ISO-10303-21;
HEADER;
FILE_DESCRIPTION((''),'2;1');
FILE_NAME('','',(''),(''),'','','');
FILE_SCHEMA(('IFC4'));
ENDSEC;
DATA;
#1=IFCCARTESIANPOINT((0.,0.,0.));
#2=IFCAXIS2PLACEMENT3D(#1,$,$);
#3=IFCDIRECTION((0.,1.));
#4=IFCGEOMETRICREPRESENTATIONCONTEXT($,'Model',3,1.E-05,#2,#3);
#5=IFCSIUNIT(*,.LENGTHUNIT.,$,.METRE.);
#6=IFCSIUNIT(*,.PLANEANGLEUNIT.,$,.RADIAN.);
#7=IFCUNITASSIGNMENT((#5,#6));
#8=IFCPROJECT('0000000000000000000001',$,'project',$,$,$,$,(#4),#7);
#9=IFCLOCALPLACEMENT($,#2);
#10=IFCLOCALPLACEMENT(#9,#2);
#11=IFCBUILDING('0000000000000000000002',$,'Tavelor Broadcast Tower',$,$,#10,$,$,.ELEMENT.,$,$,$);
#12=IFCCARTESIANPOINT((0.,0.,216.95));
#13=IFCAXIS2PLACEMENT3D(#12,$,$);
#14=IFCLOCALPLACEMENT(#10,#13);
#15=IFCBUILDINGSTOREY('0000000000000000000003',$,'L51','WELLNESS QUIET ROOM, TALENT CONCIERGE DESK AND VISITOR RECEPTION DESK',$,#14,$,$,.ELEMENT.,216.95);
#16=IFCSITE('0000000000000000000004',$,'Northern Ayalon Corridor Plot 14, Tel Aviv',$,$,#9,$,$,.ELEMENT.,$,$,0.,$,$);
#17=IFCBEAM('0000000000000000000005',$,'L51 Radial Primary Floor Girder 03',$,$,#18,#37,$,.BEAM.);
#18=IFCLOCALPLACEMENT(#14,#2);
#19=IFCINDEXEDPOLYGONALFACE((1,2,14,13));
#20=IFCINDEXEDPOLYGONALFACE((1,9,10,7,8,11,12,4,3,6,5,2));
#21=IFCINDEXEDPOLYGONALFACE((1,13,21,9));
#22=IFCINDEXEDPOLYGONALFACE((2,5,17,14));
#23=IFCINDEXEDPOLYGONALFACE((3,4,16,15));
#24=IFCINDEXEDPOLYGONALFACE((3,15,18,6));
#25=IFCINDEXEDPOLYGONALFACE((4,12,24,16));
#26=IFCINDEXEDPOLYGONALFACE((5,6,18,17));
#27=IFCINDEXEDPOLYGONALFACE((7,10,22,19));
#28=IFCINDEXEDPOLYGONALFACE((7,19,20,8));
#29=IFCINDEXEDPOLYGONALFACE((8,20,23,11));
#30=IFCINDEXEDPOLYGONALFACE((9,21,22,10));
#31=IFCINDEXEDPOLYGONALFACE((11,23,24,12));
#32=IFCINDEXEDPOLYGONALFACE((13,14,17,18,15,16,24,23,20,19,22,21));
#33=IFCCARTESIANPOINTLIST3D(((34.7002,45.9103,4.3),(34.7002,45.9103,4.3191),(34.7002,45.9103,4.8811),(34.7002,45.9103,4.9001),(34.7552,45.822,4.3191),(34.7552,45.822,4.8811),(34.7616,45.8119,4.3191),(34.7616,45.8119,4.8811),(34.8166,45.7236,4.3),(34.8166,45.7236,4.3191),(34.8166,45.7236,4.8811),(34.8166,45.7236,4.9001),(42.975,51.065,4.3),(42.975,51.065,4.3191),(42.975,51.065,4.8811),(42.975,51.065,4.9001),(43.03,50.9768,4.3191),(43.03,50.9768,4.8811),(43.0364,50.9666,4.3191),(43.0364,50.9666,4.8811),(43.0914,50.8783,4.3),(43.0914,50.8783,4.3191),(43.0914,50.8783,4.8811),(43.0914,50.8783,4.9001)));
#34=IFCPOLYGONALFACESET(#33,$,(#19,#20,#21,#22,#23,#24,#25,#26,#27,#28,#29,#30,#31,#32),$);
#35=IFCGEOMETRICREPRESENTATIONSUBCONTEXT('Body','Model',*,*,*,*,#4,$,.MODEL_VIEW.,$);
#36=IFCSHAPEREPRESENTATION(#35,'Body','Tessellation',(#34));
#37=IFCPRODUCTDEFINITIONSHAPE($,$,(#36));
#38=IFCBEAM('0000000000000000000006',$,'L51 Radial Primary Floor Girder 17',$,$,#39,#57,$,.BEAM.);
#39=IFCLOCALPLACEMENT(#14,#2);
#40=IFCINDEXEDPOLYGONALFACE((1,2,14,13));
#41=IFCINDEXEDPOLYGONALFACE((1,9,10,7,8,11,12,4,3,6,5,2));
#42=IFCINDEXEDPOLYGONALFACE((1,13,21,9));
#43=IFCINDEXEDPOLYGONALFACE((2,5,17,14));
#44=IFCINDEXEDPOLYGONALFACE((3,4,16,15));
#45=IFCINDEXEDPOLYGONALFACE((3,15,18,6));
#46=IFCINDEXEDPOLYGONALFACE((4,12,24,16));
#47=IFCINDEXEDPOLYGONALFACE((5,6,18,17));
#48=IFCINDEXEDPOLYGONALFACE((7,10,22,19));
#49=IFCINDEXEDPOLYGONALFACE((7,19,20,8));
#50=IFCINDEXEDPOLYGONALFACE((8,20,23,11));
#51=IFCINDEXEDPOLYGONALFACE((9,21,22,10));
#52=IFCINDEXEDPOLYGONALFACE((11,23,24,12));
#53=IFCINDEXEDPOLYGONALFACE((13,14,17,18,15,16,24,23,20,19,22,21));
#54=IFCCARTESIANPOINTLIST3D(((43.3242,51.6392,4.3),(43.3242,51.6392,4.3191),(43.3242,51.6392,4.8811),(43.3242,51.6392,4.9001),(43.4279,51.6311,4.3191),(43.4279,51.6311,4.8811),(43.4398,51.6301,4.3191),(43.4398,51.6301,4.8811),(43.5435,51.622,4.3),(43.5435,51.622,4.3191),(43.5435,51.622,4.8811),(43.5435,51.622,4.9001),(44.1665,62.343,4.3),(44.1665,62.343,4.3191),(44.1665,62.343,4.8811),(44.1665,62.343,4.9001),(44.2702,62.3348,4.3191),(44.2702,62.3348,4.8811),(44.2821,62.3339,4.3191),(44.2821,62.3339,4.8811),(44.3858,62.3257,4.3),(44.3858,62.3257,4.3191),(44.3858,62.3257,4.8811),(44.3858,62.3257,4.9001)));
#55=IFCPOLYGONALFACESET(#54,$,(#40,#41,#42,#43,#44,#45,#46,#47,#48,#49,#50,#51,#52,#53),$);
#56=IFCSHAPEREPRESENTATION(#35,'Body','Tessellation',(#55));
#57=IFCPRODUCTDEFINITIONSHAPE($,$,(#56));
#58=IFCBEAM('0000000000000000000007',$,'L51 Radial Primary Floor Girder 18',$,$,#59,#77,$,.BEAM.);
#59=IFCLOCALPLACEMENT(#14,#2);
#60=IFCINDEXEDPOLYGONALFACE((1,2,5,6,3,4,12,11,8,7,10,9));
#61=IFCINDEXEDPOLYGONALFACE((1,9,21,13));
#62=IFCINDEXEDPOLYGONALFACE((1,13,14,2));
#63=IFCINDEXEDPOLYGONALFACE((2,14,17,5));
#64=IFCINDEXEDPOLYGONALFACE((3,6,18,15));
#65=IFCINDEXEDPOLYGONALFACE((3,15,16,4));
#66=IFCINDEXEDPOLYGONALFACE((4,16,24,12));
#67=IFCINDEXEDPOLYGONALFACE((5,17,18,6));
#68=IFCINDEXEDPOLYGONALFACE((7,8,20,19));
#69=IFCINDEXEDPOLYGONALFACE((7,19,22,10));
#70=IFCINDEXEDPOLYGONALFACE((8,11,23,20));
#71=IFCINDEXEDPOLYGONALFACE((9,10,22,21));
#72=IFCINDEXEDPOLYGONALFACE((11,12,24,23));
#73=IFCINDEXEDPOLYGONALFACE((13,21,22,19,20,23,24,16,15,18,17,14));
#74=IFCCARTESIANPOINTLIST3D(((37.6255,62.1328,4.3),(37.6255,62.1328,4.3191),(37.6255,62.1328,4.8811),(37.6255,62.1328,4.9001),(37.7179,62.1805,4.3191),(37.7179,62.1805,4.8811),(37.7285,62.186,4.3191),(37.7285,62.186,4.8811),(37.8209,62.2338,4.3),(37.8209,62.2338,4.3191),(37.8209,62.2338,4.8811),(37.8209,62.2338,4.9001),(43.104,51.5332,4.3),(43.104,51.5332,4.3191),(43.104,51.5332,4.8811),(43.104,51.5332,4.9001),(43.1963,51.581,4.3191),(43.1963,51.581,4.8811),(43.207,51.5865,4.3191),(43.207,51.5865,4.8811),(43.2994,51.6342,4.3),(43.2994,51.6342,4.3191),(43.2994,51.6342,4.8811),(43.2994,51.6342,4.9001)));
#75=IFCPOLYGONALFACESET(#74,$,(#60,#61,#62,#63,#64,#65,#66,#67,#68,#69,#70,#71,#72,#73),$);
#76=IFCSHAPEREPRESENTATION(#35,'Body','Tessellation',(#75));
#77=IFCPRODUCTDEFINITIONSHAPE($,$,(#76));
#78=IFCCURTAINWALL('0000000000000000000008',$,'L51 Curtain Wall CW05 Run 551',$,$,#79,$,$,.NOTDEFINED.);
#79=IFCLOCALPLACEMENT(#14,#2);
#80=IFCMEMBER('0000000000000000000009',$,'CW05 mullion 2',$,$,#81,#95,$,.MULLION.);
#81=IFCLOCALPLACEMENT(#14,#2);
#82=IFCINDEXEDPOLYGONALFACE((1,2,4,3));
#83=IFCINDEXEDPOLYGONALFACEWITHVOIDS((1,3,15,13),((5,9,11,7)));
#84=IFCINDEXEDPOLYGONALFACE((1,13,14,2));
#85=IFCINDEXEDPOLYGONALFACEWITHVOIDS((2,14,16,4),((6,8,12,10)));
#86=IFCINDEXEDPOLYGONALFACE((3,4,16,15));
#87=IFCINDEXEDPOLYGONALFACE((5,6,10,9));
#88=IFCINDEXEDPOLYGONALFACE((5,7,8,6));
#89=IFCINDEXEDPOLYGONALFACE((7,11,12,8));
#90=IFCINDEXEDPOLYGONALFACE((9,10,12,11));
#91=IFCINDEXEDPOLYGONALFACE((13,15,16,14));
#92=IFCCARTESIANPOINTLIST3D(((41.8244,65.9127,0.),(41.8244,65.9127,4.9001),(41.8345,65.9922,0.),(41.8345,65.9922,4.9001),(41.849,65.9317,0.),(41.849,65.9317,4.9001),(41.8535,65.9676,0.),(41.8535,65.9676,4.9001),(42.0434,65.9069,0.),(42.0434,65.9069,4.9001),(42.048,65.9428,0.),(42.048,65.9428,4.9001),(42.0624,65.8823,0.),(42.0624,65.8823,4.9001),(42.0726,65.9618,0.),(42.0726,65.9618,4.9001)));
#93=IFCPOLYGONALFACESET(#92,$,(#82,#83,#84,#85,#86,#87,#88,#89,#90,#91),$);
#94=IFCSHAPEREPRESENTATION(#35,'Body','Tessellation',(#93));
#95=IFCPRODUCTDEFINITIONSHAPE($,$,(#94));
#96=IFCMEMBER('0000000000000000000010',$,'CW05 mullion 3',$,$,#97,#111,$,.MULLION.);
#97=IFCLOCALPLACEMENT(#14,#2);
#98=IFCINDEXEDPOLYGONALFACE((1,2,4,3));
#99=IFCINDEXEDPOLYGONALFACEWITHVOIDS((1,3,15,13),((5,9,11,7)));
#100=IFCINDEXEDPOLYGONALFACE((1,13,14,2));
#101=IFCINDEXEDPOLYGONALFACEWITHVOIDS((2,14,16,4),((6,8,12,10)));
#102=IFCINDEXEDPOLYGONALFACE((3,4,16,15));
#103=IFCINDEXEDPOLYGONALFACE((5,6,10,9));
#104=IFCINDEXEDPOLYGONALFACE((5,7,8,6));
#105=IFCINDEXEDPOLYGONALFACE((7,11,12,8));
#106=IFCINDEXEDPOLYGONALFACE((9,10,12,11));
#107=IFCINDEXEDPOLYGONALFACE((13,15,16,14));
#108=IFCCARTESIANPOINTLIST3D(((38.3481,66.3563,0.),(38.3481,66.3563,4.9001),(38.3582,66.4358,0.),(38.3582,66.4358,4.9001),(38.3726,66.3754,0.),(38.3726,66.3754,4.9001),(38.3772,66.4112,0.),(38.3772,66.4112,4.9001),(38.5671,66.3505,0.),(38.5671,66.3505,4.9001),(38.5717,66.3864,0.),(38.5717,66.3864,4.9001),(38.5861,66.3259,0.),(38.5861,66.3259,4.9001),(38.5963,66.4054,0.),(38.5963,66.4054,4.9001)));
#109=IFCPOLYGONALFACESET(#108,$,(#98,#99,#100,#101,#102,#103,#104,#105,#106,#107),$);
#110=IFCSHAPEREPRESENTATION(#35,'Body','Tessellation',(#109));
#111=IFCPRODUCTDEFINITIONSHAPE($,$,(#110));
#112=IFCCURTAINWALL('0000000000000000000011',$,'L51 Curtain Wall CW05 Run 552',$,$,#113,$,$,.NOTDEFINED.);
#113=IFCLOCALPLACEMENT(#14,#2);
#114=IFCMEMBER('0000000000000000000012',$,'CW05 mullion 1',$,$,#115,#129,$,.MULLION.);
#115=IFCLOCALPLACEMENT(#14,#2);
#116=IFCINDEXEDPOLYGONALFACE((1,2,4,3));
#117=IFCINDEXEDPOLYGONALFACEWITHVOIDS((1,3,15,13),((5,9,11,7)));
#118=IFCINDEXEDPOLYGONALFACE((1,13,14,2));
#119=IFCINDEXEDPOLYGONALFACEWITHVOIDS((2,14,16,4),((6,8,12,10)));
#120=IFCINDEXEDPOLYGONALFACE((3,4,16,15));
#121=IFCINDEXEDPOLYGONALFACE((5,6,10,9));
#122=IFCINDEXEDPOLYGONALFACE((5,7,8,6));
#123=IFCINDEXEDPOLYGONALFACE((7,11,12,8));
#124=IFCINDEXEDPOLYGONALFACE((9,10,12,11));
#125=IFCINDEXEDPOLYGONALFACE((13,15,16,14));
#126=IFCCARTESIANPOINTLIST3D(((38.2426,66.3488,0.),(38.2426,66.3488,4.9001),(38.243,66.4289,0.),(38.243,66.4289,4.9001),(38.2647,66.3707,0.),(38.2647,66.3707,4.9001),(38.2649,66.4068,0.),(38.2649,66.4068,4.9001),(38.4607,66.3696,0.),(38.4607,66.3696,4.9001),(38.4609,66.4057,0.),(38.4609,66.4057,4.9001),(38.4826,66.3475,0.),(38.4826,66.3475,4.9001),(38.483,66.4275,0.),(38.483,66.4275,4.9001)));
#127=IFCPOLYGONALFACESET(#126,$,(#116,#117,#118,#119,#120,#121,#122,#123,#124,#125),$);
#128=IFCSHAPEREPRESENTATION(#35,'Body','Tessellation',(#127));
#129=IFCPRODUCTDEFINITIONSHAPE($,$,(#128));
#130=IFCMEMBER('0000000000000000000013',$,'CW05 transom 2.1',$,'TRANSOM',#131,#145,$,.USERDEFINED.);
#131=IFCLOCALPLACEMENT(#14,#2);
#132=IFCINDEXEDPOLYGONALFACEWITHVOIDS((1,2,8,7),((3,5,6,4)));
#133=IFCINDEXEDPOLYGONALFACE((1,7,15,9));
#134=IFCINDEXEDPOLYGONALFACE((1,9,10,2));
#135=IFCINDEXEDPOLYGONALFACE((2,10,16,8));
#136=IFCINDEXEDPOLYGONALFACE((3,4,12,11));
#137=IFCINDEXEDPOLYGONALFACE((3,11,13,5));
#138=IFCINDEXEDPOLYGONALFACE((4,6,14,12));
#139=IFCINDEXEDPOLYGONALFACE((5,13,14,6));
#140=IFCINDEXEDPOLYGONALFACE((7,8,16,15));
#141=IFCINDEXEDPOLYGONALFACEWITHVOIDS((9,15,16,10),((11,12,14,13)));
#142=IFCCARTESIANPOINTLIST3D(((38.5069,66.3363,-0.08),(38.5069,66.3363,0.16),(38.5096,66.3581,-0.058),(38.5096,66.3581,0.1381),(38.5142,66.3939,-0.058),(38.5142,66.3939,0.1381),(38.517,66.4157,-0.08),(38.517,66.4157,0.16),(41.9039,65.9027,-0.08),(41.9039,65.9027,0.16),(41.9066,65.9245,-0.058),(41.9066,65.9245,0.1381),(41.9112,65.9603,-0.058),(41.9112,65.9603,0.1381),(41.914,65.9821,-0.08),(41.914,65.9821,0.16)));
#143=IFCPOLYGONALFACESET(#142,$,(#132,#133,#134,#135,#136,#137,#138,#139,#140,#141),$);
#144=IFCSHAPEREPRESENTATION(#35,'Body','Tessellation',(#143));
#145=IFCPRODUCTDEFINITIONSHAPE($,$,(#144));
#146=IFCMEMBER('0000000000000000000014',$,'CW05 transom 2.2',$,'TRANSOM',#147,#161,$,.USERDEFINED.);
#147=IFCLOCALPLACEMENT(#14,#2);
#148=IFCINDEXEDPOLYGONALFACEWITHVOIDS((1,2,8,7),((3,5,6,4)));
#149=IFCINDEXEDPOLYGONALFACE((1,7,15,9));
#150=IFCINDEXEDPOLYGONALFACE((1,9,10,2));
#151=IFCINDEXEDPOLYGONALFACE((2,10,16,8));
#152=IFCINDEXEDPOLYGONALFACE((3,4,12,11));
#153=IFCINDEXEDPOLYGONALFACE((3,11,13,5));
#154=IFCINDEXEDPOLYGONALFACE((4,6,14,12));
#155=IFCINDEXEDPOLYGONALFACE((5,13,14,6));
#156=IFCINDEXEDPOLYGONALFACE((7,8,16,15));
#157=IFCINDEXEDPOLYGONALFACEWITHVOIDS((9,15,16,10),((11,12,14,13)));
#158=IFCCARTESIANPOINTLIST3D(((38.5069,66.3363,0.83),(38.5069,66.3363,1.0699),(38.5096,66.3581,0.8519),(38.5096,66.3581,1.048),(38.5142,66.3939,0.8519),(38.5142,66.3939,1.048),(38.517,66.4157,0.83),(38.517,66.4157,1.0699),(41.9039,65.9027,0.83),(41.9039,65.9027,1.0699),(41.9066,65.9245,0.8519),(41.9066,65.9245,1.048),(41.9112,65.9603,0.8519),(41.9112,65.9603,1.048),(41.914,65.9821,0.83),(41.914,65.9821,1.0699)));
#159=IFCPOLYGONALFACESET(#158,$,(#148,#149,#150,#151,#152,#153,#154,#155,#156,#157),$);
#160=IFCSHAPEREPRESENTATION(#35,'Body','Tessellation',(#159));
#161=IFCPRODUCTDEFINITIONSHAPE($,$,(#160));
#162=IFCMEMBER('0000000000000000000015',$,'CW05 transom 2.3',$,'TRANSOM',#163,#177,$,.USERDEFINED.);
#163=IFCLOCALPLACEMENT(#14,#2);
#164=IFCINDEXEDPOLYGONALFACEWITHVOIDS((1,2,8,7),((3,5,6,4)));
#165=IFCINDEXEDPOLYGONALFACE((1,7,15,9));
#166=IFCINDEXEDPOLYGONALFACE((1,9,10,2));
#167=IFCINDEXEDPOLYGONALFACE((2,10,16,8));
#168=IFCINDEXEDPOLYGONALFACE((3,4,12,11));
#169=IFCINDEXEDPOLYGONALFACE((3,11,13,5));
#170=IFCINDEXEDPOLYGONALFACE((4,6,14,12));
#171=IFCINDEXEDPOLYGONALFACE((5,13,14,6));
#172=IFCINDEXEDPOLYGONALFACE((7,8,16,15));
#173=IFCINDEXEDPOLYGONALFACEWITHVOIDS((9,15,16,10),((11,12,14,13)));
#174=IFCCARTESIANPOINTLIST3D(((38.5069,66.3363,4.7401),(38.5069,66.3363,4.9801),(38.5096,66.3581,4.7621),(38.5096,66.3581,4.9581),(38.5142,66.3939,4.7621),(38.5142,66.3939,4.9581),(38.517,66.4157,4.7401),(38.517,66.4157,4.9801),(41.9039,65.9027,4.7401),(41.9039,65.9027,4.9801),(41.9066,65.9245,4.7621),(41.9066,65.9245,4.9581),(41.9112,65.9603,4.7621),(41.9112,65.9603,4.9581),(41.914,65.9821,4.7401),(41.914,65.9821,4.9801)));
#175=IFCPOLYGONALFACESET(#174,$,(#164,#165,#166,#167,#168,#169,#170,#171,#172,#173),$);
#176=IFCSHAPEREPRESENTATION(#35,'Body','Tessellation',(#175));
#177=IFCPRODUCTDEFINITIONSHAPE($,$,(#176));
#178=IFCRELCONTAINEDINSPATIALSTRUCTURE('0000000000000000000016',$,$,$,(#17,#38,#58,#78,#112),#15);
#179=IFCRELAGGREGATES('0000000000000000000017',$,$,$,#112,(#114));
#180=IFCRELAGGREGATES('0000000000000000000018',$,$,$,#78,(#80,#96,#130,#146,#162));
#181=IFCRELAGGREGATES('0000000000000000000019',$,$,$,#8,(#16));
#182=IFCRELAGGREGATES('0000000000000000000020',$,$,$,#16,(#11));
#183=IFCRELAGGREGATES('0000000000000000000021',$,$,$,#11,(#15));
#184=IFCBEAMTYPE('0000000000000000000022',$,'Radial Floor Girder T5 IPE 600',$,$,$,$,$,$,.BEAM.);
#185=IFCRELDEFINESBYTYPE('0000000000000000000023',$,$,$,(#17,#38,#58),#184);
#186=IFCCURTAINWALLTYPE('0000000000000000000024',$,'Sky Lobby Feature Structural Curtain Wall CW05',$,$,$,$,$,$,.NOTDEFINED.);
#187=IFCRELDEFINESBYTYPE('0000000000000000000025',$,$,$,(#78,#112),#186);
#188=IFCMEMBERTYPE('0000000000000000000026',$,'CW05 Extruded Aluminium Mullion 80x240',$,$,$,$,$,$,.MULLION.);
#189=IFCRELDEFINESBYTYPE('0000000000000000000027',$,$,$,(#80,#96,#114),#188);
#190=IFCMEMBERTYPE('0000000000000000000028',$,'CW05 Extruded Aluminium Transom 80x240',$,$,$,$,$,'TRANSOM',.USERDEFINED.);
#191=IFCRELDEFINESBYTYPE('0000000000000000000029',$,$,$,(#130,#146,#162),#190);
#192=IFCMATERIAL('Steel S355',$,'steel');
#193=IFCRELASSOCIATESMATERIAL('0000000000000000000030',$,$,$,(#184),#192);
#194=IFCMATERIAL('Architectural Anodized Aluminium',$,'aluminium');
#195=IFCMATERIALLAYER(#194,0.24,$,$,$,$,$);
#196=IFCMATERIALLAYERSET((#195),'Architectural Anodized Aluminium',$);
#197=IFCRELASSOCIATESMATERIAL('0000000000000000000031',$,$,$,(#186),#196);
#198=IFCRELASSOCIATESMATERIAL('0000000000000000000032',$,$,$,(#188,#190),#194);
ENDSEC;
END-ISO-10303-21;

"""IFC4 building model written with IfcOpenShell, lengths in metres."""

from ifc_helpers import new_model, si_unit, direction, frame, origin, origin_2d, place, context, subcontext, project, spatial, hollow_rectangle, i_section, extrude, source, transform, mapped, material, layer, layer_set, material_profile, profile_set, type_object, type_shapes, element, aggregate, save


model = new_model("IFC4")

# Units and contexts
model_context = context("Model", 3, precision=1e-05, world=origin(), true_north=direction((0.0, 1.0)))
body_context = subcontext(model_context, "Body", "Model", "MODEL_VIEW")
ifc_project = project(units=[si_unit("LENGTHUNIT", "METRE"), si_unit("PLANEANGLEUNIT", "RADIAN")], contexts=[model_context])

# Site, building, storey
site_placement = place(None, origin())
site = spatial("IfcSite", under=ifc_project, at=site_placement, Name="Northern Ayalon Corridor Plot 14, Tel Aviv", CompositionType="ELEMENT", RefElevation=0.0)
building_placement = place(site_placement, origin())
building = spatial("IfcBuilding", under=site, at=building_placement, Name="Tavelor Broadcast Tower", CompositionType="ELEMENT")
storey_placement = place(building_placement, frame((0.0, 0.0, 216.95)))
storey = spatial("IfcBuildingStorey", under=building, at=storey_placement, Name="L51", Description="WELLNESS QUIET ROOM, TALENT CONCIERGE DESK AND VISITOR RECEPTION DESK", CompositionType="ELEMENT", Elevation=216.95)

# Beams
ifc_material_1 = material(Name="Steel S355", Category="steel")
ifc_material_profile_1 = material_profile(ifc_material_1, i_section(OverallWidth=0.22, OverallDepth=0.6001, WebThickness=0.012, FlangeThickness=0.019, at=origin_2d()), Name="IPE 600")
ifc_profile_set_1 = profile_set([ifc_material_profile_1], Name="Steel S355")
beam_type_1 = type_object("IfcBeamType", Name="Radial Floor Girder T5 IPE 600", PredefinedType="BEAM", material=ifc_profile_set_1)
beam_1_placement = place(storey_placement, frame((43.0332, 50.9717, 4.6001), z_axis=(-0.848782, -0.528742, 0.0), x_axis=(0.528742, -0.848782, 0.0)))
element("IfcBeam", 1, at=beam_1_placement, inside=storey, type_object=beam_type_1, Name="L51 Radial Primary Floor Girder 03", PredefinedType="BEAM", context=body_context, shape_type="SweptSolid", body=[
    extrude(i_section(OverallWidth=0.22, OverallDepth=0.6001, WebThickness=0.012, FlangeThickness=0.019, at=origin_2d()), origin(), (0.0, 0.0, 1.0), 9.749),
])
beam_2_placement = place(storey_placement, frame((43.4338, 51.6306, 4.6001), z_axis=(0.078449, 0.996918, 0.0), x_axis=(-0.996918, 0.078449, 0.0)))
element("IfcBeam", 2, at=beam_2_placement, inside=storey, type_object=beam_type_1, Name="L51 Radial Primary Floor Girder 17", PredefinedType="BEAM", context=body_context, shape_type="SweptSolid", body=[
    extrude(i_section(OverallWidth=0.22, OverallDepth=0.6001, WebThickness=0.012, FlangeThickness=0.019, at=origin_2d()), origin(), (0.0, 0.0, 1.0), 10.7368),
])
beam_3_placement = place(storey_placement, frame((43.2017, 51.5837, 4.6001), z_axis=(-0.459156, 0.888356, 0.0), x_axis=(-0.888356, -0.459156, 0.0)))
element("IfcBeam", 3, at=beam_3_placement, inside=storey, type_object=beam_type_1, Name="L51 Radial Primary Floor Girder 18", PredefinedType="BEAM", context=body_context, shape_type="SweptSolid", body=[
    extrude(i_section(OverallWidth=0.22, OverallDepth=0.6001, WebThickness=0.012, FlangeThickness=0.019, at=origin_2d()), origin(), (0.0, 0.0, 1.0), 11.9316),
])

# Curtain wall, members
ifc_material_2 = material(Name="Architectural Anodized Aluminium", Category="aluminium")
ifc_layer_1 = layer(ifc_material_2, 0.24)
ifc_layer_set_1 = layer_set([ifc_layer_1], Name="Architectural Anodized Aluminium")
curtain_wall_type = type_object("IfcCurtainWallType", Name="Sky Lobby Feature Structural Curtain Wall CW05", PredefinedType="NOTDEFINED", material=ifc_layer_set_1)
curtain_wall_1_placement = place(storey_placement, origin())
curtain_wall_1 = element("IfcCurtainWall", 4, at=curtain_wall_1_placement, inside=storey, type_object=curtain_wall_type, Name="L51 Curtain Wall CW05 Run 551", PredefinedType="NOTDEFINED")
ifc_material_profile_2 = material_profile(ifc_material_2, hollow_rectangle(XDim=0.0801, YDim=0.24, WallThickness=0.022, at=origin_2d()), Name="RHS 80x240x22")
ifc_profile_set_2 = profile_set([ifc_material_profile_2], Name="Architectural Anodized Aluminium")
member_type_1 = type_object("IfcMemberType", Name="CW05 Extruded Aluminium Mullion 80x240", PredefinedType="MULLION", material=ifc_profile_set_2)
shared_shape_1 = source(origin(), body_context, "Body", "SweptSolid", [
    extrude(hollow_rectangle(XDim=0.0801, YDim=0.24, WallThickness=0.022, at=origin_2d()), origin(), (0.0, 0.0, 1.0), 4.9001),
])
type_shapes(member_type_1, [shared_shape_1])
member_1_placement = place(storey_placement, frame((41.9485, 65.9373, 0.0), z_axis=(0.0, 0.0, 1.0), x_axis=(-0.126621, -0.991951, 0.0)))
member_1 = element("IfcMember", 5, at=member_1_placement, type_object=member_type_1, Name="CW05 mullion 2", PredefinedType="MULLION", context=body_context, shape_type="MappedRepresentation", body=[
    mapped(shared_shape_1, transform((0.0, 0.0, 0.0), scale=1.0)),
])
member_2_placement = place(storey_placement, frame((38.4722, 66.3809, 0.0), z_axis=(0.0, 0.0, 1.0), x_axis=(-0.126621, -0.991951, 0.0)))
member_2 = element("IfcMember", 6, at=member_2_placement, type_object=member_type_1, Name="CW05 mullion 3", PredefinedType="MULLION", context=body_context, shape_type="MappedRepresentation", body=[
    mapped(shared_shape_1, transform((0.0, 0.0, 0.0), scale=1.0)),
])

# Curtain wall, member
curtain_wall_2_placement = place(storey_placement, origin())
curtain_wall_2 = element("IfcCurtainWall", 7, at=curtain_wall_2_placement, inside=storey, type_object=curtain_wall_type, Name="L51 Curtain Wall CW05 Run 552", PredefinedType="NOTDEFINED")
member_3_placement = place(storey_placement, frame((38.3628, 66.3882, 0.0), z_axis=(0.0, 0.0, 1.0), x_axis=(-0.005658, -0.999984, 0.0)))
member_3 = element("IfcMember", 8, at=member_3_placement, type_object=member_type_1, Name="CW05 mullion 1", PredefinedType="MULLION", context=body_context, shape_type="MappedRepresentation", body=[
    mapped(shared_shape_1, transform((0.0, 0.0, 0.0), scale=1.0)),
])

# Members
ifc_material_profile_3 = material_profile(ifc_material_2, hollow_rectangle(XDim=0.0801, YDim=0.24, WallThickness=0.022, at=origin_2d()), Name="RHS 80x240x22")
ifc_profile_set_3 = profile_set([ifc_material_profile_3], Name="Architectural Anodized Aluminium")
member_type_2 = type_object("IfcMemberType", Name="CW05 Extruded Aluminium Transom 80x240", ElementType="TRANSOM", PredefinedType="USERDEFINED", material=ifc_profile_set_3)
shared_shape_2 = source(origin(), body_context, "Body", "SweptSolid", [
    extrude(hollow_rectangle(XDim=0.0801, YDim=0.24, WallThickness=0.022, at=origin_2d()), origin(), (0.0, 0.0, 1.0), 3.4246),
])
member_4_placement = place(storey_placement, frame((41.9089, 65.9424, 0.04), z_axis=(-0.991952, 0.126614, 0.0), x_axis=(-0.126614, -0.991952, 0.0)))
member_4 = element("IfcMember", 9, at=member_4_placement, type_object=member_type_2, Name="CW05 transom 2.1", ObjectType="TRANSOM", PredefinedType="USERDEFINED", context=body_context, shape_type="MappedRepresentation", body=[
    mapped(shared_shape_2, transform((0.0, 0.0, 0.0), scale=1.0)),
])
member_5_placement = place(storey_placement, frame((41.9089, 65.9424, 0.95), z_axis=(-0.991952, 0.126614, 0.0), x_axis=(-0.126614, -0.991952, 0.0)))
member_5 = element("IfcMember", 10, at=member_5_placement, type_object=member_type_2, Name="CW05 transom 2.2", ObjectType="TRANSOM", PredefinedType="USERDEFINED", context=body_context, shape_type="MappedRepresentation", body=[
    mapped(shared_shape_2, transform((0.0, 0.0, 0.0), scale=1.0)),
])
member_6_placement = place(storey_placement, frame((41.9089, 65.9424, 4.8601), z_axis=(-0.991952, 0.126614, 0.0), x_axis=(-0.126614, -0.991952, 0.0)))
member_6 = element("IfcMember", 11, at=member_6_placement, type_object=member_type_2, Name="CW05 transom 2.3", ObjectType="TRANSOM", PredefinedType="USERDEFINED", context=body_context, shape_type="MappedRepresentation", body=[
    mapped(shared_shape_2, transform((0.0, 0.0, 0.0), scale=1.0)),
])
aggregate(curtain_wall_2, [member_3])

aggregate(curtain_wall_1, [member_1, member_2, member_4, member_5, member_6])

save(model, "model.ifc")
